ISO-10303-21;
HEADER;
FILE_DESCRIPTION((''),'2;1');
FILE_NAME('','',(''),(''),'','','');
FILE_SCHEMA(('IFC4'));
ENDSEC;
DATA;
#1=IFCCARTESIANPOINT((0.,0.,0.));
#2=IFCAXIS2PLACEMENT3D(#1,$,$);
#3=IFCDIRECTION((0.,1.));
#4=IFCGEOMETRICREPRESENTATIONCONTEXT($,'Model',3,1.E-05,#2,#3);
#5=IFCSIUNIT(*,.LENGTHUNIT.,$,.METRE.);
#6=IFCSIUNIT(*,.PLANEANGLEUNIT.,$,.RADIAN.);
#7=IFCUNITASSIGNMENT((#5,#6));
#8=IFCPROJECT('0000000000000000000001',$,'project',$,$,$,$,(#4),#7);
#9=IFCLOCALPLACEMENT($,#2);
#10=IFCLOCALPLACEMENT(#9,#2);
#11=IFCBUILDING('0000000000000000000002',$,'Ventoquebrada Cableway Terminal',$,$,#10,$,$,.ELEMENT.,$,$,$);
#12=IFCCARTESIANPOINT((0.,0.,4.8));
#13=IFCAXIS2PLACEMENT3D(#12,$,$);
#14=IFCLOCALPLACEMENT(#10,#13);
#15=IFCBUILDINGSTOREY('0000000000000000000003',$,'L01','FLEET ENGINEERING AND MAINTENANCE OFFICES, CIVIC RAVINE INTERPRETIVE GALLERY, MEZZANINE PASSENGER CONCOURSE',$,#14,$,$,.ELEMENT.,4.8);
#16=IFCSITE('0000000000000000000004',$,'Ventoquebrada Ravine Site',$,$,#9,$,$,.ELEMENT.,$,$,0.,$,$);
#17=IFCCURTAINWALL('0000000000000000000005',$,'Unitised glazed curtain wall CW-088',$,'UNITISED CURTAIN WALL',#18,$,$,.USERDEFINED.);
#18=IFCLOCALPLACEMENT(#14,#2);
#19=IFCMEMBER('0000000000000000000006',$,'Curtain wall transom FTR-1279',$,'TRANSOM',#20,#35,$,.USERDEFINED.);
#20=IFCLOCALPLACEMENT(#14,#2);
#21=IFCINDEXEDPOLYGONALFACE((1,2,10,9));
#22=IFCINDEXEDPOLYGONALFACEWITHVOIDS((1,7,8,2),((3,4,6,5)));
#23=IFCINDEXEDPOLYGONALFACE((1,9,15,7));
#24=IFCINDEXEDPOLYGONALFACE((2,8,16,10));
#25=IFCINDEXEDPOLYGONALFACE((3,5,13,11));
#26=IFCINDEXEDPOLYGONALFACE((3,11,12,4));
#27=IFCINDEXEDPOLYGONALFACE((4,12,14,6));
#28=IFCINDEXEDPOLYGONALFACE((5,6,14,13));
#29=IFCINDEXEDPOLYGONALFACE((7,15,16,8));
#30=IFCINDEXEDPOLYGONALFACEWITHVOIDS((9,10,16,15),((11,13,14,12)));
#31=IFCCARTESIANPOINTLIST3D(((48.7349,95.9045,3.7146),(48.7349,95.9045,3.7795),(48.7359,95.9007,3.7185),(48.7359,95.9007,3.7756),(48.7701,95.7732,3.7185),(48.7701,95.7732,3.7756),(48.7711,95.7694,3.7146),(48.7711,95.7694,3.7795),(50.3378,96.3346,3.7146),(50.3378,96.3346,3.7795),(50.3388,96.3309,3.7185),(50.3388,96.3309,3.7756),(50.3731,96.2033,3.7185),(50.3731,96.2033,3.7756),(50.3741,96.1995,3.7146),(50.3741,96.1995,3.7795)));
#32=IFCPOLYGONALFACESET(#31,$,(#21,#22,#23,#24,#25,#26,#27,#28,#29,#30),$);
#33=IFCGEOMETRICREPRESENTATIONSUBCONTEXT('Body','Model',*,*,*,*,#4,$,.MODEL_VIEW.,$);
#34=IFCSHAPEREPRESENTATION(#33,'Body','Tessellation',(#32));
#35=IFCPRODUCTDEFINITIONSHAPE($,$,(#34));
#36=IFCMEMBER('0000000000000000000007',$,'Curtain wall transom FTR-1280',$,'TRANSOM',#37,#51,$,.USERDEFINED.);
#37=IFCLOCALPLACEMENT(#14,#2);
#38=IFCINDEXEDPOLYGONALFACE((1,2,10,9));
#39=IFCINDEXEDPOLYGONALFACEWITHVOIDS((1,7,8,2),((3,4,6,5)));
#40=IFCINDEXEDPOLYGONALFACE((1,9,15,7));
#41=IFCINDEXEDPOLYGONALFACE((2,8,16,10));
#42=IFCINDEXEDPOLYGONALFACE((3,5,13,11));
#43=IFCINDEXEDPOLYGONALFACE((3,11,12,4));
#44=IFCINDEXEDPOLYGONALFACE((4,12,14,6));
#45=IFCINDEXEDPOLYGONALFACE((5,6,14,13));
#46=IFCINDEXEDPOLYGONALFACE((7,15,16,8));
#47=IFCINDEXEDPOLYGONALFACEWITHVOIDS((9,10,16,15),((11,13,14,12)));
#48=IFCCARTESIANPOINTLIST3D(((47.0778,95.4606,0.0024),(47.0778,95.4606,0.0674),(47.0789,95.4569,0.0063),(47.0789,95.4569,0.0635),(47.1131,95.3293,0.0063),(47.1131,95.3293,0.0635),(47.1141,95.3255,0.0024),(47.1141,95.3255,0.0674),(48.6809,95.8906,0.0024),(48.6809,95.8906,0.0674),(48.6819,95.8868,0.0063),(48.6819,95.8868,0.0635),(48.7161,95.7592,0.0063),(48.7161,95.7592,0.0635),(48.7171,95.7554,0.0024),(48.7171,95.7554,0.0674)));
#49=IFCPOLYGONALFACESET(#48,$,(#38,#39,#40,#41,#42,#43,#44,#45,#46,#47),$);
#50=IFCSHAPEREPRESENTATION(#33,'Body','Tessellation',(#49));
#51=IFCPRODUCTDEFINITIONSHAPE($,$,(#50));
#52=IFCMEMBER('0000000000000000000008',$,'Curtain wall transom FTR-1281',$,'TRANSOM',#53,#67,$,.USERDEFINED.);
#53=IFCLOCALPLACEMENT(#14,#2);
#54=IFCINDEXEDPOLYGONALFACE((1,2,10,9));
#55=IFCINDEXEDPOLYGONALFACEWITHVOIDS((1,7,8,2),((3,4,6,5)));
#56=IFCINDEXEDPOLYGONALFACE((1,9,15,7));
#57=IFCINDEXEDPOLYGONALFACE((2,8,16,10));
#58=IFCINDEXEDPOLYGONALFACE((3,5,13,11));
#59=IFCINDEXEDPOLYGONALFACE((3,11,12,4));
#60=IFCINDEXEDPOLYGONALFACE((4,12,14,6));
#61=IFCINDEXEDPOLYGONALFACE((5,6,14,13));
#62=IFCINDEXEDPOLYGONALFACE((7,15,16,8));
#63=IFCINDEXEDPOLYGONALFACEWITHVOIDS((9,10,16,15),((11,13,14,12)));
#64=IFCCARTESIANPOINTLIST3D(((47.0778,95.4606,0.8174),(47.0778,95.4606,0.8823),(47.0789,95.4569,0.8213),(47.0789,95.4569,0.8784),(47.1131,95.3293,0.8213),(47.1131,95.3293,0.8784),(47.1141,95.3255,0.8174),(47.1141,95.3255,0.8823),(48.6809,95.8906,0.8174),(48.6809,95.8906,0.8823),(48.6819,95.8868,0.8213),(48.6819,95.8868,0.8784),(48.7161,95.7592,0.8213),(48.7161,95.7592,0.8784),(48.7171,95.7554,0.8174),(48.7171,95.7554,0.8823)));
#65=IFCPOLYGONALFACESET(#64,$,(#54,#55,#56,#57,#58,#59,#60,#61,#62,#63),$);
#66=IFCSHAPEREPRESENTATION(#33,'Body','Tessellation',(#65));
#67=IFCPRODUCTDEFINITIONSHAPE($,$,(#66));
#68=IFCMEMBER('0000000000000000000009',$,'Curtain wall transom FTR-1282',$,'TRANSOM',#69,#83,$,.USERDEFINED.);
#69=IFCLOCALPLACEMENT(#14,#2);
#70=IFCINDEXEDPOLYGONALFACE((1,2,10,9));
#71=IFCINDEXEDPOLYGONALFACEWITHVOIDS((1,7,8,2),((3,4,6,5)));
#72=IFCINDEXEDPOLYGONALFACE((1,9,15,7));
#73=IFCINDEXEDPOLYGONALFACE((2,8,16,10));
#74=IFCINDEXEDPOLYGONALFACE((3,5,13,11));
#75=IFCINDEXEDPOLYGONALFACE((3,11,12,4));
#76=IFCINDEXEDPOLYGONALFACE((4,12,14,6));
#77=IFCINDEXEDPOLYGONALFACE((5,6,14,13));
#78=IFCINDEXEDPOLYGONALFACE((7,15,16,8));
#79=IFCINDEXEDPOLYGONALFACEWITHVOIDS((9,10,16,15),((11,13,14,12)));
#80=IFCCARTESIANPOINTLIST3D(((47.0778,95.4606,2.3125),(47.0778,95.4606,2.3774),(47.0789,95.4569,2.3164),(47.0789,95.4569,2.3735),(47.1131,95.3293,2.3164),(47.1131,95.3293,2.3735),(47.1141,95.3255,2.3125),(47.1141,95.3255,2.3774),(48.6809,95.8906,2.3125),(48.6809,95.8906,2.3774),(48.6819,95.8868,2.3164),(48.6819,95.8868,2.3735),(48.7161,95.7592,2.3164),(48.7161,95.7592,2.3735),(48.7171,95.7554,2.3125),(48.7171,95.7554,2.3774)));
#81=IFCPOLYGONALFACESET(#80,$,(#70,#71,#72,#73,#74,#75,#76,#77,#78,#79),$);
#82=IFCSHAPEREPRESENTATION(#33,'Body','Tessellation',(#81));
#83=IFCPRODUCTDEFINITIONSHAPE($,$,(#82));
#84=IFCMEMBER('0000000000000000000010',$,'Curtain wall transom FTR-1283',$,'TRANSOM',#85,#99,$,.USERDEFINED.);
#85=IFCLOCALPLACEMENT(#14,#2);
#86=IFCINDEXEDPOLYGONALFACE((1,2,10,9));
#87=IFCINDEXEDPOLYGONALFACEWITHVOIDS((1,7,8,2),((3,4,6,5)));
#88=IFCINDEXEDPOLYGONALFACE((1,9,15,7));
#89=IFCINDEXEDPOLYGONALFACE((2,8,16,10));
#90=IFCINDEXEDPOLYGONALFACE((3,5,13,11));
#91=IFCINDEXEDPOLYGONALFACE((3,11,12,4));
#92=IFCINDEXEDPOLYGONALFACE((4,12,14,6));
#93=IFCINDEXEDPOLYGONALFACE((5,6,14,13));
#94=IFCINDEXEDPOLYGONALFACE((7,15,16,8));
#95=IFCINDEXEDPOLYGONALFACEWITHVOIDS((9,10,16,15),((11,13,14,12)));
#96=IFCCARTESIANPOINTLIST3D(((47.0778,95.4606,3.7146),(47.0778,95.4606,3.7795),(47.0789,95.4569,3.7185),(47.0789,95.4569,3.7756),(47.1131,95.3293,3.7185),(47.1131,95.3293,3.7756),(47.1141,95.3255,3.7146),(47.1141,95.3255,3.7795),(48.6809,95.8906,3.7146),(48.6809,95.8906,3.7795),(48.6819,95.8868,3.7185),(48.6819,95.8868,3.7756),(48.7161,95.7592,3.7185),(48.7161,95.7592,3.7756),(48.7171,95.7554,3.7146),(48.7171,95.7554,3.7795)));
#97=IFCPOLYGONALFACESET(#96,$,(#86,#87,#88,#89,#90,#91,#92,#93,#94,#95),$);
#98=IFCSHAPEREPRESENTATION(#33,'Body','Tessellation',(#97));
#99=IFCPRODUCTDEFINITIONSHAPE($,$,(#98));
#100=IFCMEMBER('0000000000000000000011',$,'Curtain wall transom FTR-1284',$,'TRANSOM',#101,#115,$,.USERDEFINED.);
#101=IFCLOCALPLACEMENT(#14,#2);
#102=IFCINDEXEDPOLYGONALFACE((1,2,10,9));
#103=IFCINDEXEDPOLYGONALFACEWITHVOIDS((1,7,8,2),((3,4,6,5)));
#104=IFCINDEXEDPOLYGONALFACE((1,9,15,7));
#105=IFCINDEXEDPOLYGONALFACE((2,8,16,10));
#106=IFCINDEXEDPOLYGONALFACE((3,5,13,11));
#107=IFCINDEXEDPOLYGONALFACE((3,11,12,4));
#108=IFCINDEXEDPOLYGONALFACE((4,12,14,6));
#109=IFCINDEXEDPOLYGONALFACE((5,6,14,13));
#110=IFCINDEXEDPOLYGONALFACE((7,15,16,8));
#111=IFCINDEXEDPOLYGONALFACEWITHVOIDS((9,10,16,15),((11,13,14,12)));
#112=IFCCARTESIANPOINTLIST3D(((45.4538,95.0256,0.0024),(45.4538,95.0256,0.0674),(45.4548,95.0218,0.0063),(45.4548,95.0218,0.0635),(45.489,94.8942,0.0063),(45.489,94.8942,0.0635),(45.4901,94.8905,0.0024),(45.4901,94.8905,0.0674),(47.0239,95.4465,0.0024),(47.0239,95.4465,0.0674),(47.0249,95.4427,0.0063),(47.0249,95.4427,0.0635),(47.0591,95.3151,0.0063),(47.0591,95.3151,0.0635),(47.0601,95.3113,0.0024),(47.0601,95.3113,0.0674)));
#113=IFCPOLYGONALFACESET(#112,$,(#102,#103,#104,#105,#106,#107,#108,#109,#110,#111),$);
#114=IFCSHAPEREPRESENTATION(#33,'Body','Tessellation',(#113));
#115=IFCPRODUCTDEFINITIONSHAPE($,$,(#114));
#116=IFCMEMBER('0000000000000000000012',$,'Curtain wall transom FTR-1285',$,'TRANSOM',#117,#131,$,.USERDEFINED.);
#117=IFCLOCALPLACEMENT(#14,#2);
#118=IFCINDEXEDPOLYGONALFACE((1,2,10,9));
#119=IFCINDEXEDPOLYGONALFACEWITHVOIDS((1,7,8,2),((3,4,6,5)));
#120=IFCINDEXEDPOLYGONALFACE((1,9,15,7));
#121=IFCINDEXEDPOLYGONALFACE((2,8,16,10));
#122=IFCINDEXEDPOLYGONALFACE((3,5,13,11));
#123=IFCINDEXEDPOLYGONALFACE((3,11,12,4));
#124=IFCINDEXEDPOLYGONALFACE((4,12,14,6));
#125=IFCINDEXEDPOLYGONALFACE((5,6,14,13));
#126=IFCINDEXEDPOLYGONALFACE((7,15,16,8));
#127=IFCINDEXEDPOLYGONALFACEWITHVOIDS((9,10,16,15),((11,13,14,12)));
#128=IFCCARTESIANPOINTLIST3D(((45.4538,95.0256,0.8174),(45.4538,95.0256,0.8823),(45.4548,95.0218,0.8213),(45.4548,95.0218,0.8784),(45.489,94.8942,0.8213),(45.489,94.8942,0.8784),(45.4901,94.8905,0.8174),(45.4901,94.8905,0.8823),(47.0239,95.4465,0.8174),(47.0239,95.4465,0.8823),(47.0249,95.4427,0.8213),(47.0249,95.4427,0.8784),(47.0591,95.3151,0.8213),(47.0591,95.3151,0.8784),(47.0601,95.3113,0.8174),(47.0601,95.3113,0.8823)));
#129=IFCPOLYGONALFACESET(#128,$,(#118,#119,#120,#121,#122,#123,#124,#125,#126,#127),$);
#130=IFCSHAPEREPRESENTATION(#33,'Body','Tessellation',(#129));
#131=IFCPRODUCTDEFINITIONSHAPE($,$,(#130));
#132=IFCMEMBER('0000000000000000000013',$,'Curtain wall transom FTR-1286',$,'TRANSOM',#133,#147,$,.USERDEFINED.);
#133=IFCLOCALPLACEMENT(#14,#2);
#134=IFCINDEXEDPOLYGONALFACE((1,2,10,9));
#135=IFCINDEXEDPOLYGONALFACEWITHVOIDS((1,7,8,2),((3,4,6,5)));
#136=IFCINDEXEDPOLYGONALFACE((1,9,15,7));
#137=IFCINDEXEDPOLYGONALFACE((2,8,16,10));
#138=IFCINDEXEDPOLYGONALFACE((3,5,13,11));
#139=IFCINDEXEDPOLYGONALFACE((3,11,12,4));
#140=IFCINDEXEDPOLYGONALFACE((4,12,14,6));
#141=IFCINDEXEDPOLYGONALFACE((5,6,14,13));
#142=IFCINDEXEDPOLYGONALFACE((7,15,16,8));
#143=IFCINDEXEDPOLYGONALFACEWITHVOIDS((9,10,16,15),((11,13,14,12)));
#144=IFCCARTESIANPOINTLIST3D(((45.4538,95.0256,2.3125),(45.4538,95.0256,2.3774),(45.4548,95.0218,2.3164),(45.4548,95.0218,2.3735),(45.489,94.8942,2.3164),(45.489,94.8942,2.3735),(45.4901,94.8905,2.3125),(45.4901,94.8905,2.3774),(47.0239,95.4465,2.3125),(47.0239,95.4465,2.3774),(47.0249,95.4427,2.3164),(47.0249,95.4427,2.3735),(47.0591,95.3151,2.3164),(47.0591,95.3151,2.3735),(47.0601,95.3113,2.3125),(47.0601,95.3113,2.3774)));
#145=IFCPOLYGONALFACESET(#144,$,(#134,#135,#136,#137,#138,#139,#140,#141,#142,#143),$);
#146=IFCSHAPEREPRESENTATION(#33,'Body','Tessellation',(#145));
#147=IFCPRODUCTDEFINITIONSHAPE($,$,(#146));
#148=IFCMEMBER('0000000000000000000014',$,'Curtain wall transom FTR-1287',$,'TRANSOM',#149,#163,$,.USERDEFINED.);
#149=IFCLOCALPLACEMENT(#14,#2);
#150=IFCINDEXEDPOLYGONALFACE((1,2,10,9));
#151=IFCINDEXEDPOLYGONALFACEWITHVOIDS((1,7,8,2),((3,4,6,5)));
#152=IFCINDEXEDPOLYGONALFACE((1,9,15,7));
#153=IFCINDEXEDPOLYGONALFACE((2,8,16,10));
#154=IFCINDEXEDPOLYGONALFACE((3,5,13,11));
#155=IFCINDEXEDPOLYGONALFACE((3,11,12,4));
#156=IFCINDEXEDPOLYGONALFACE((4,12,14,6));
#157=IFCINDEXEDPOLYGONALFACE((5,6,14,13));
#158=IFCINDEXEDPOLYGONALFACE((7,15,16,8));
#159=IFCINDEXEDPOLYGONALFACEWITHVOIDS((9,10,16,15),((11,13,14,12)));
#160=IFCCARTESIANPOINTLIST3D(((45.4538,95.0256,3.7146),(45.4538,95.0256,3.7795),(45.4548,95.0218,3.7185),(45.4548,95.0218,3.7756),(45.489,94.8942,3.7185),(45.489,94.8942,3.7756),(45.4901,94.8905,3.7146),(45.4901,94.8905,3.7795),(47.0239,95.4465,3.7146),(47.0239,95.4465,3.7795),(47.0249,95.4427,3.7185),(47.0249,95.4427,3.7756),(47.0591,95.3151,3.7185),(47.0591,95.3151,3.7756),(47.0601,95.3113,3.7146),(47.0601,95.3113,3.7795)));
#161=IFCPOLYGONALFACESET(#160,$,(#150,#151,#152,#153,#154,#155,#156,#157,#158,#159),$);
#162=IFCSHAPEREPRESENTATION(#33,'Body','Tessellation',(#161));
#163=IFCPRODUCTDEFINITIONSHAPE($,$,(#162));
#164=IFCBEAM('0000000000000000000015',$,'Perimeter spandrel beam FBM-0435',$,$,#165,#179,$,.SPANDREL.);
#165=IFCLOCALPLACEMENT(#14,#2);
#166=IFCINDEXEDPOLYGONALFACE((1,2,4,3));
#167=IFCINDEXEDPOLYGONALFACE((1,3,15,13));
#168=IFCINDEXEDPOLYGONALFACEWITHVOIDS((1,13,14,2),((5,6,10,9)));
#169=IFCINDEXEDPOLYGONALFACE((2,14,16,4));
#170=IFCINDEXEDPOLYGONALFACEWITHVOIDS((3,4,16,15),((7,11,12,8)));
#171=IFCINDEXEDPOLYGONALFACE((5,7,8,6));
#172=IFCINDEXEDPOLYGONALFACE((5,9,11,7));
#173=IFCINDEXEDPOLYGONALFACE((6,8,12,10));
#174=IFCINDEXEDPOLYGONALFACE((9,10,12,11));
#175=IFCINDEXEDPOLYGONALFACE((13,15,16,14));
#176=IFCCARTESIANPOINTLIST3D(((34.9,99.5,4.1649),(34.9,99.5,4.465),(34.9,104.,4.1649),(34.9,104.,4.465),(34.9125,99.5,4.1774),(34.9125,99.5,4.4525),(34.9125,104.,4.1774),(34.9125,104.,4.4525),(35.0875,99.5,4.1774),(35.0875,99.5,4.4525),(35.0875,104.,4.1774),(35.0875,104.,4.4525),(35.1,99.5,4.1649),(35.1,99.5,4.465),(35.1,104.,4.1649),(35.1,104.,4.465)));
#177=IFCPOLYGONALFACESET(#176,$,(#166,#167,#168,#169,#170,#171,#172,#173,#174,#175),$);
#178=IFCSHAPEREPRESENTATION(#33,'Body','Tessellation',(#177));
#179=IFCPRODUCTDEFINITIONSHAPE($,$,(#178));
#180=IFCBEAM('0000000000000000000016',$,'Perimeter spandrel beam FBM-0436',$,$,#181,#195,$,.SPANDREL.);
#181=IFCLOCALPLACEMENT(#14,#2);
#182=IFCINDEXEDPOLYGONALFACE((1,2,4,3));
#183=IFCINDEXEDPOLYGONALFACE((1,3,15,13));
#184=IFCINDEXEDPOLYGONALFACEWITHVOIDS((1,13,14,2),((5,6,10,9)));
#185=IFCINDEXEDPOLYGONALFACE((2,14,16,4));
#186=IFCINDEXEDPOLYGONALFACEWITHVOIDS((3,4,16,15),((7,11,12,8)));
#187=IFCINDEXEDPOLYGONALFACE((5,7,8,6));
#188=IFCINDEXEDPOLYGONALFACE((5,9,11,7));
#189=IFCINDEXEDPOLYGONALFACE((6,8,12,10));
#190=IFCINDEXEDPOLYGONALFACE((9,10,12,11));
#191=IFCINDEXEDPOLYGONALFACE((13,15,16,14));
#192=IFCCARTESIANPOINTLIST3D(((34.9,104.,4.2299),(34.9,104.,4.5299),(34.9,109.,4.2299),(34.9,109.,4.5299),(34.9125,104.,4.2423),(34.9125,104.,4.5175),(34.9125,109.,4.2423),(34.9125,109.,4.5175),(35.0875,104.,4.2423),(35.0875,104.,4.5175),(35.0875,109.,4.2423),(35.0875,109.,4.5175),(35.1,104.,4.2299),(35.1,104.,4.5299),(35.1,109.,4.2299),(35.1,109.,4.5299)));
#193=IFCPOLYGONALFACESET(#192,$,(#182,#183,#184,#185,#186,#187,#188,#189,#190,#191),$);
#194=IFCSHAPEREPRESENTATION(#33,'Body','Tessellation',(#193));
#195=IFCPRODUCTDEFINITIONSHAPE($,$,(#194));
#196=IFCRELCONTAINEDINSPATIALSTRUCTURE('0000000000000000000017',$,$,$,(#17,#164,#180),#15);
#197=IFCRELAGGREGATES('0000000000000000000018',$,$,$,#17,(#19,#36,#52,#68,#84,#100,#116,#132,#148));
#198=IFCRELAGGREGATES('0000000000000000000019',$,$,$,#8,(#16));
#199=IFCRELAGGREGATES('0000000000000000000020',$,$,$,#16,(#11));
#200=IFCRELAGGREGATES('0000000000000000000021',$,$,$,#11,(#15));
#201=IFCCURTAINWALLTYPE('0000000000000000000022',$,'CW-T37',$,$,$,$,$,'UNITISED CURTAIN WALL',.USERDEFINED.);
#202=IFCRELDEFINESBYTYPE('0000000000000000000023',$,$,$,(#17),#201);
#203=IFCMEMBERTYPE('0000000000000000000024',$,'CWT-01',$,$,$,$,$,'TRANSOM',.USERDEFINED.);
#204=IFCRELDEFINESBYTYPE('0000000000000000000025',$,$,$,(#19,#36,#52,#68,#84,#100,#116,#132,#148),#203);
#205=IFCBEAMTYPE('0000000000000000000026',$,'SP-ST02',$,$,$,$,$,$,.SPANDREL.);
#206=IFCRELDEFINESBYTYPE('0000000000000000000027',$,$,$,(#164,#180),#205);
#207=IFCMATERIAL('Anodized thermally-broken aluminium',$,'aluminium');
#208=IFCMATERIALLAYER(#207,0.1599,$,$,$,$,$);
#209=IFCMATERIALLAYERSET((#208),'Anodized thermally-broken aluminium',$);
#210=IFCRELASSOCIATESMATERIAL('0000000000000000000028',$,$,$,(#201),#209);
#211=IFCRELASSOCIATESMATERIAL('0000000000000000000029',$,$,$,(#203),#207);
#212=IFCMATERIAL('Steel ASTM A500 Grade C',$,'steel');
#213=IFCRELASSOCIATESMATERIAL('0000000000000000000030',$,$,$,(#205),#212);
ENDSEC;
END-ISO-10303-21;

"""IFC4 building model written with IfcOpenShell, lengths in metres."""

from ifc_helpers import new_model, si_unit, direction, frame, origin, origin_2d, place, context, subcontext, project, spatial, hollow_rectangle, extrude, material, layer, layer_set, material_profile, profile_set, type_object, element, aggregate, save


model = new_model("IFC4")

# Units and contexts
model_context = context("Model", 3, precision=1e-05, world=origin(), true_north=direction((0.0, 1.0)))
body_context = subcontext(model_context, "Body", "Model", "MODEL_VIEW")
ifc_project = project(units=[si_unit("LENGTHUNIT", "METRE"), si_unit("PLANEANGLEUNIT", "RADIAN")], contexts=[model_context])

# Site, building, storey
site_placement = place(None, origin())
site = spatial("IfcSite", under=ifc_project, at=site_placement, Name="Ventoquebrada Ravine Site", CompositionType="ELEMENT", RefElevation=0.0)
building_placement = place(site_placement, origin())
building = spatial("IfcBuilding", under=site, at=building_placement, Name="Ventoquebrada Cableway Terminal", CompositionType="ELEMENT")
storey_placement = place(building_placement, frame((0.0, 0.0, 4.8)))
storey = spatial("IfcBuildingStorey", under=building, at=storey_placement, Name="L01", Description="FLEET ENGINEERING AND MAINTENANCE OFFICES, CIVIC RAVINE INTERPRETIVE GALLERY, MEZZANINE PASSENGER CONCOURSE", CompositionType="ELEMENT", Elevation=4.8)

# Curtain wall, members
ifc_material_1 = material(Name="Anodized thermally-broken aluminium", Category="aluminium")
ifc_layer_1 = layer(ifc_material_1, 0.1599)
ifc_layer_set_1 = layer_set([ifc_layer_1], Name="Anodized thermally-broken aluminium")
curtain_wall_type = type_object("IfcCurtainWallType", Name="CW-T37", ElementType="UNITISED CURTAIN WALL", PredefinedType="USERDEFINED", material=ifc_layer_set_1)
curtain_wall_placement = place(storey_placement, origin())
curtain_wall = element("IfcCurtainWall", 1, at=curtain_wall_placement, inside=storey, type_object=curtain_wall_type, Name="Unitised glazed curtain wall CW-088", ObjectType="UNITISED CURTAIN WALL", PredefinedType="USERDEFINED")
ifc_material_profile_1 = material_profile(ifc_material_1, hollow_rectangle(XDim=0.0649, YDim=0.1399, WallThickness=0.0039, at=origin_2d()), Name="CW-TRN-65X140")
ifc_profile_set_1 = profile_set([ifc_material_profile_1], Name="Anodized thermally-broken aluminium")
member_type_1 = type_object("IfcMemberType", Name="CWT-01", ElementType="TRANSOM", PredefinedType="USERDEFINED", material=ifc_profile_set_1)
member_1_placement = place(storey_placement, frame((50.356, 96.2671, 3.7471), z_axis=(-0.965828, -0.259182, 0.0), x_axis=(0.0, 0.0, 1.0)))
member_1 = element("IfcMember", 2, at=member_1_placement, type_object=member_type_1, Name="Curtain wall transom FTR-1279", ObjectType="TRANSOM", PredefinedType="USERDEFINED", context=body_context, shape_type="SweptSolid", body=[
    extrude(hollow_rectangle(XDim=0.0649, YDim=0.1399, WallThickness=0.0039, at=origin_2d()), origin(), (0.0, 0.0, 1.0), 1.6597),
])
member_2_placement = place(storey_placement, frame((48.699, 95.823, 0.0349), z_axis=(-0.965865, -0.259045, 0.0), x_axis=(0.0, 0.0, 1.0)))
member_2 = element("IfcMember", 3, at=member_2_placement, type_object=member_type_1, Name="Curtain wall transom FTR-1280", ObjectType="TRANSOM", PredefinedType="USERDEFINED", context=body_context, shape_type="SweptSolid", body=[
    extrude(hollow_rectangle(XDim=0.0649, YDim=0.1399, WallThickness=0.0039, at=origin_2d()), origin(), (0.0, 0.0, 1.0), 1.6597),
])
member_3_placement = place(storey_placement, frame((48.699, 95.823, 0.8499), z_axis=(-0.965865, -0.259045, 0.0), x_axis=(0.0, 0.0, 1.0)))
member_3 = element("IfcMember", 4, at=member_3_placement, type_object=member_type_1, Name="Curtain wall transom FTR-1281", ObjectType="TRANSOM", PredefinedType="USERDEFINED", context=body_context, shape_type="SweptSolid", body=[
    extrude(hollow_rectangle(XDim=0.0649, YDim=0.1399, WallThickness=0.0039, at=origin_2d()), origin(), (0.0, 0.0, 1.0), 1.6597),
])
member_4_placement = place(storey_placement, frame((48.699, 95.823, 2.345), z_axis=(-0.965865, -0.259045, 0.0), x_axis=(0.0, 0.0, 1.0)))
member_4 = element("IfcMember", 5, at=member_4_placement, type_object=member_type_1, Name="Curtain wall transom FTR-1282", ObjectType="TRANSOM", PredefinedType="USERDEFINED", context=body_context, shape_type="SweptSolid", body=[
    extrude(hollow_rectangle(XDim=0.0649, YDim=0.1399, WallThickness=0.0039, at=origin_2d()), origin(), (0.0, 0.0, 1.0), 1.6597),
])
member_5_placement = place(storey_placement, frame((48.699, 95.823, 3.7471), z_axis=(-0.965865, -0.259045, 0.0), x_axis=(0.0, 0.0, 1.0)))
member_5 = element("IfcMember", 6, at=member_5_placement, type_object=member_type_1, Name="Curtain wall transom FTR-1283", ObjectType="TRANSOM", PredefinedType="USERDEFINED", context=body_context, shape_type="SweptSolid", body=[
    extrude(hollow_rectangle(XDim=0.0649, YDim=0.1399, WallThickness=0.0039, at=origin_2d()), origin(), (0.0, 0.0, 1.0), 1.6597),
])
member_6_placement = place(storey_placement, frame((47.042, 95.3789, 0.0349), z_axis=(-0.965895, -0.258934, 0.0), x_axis=(0.0, 0.0, 1.0)))
member_6 = element("IfcMember", 7, at=member_6_placement, type_object=member_type_1, Name="Curtain wall transom FTR-1284", ObjectType="TRANSOM", PredefinedType="USERDEFINED", context=body_context, shape_type="SweptSolid", body=[
    extrude(hollow_rectangle(XDim=0.0649, YDim=0.1399, WallThickness=0.0039, at=origin_2d()), origin(), (0.0, 0.0, 1.0), 1.6255),
])
member_7_placement = place(storey_placement, frame((47.042, 95.3789, 0.8499), z_axis=(-0.965895, -0.258934, 0.0), x_axis=(0.0, 0.0, 1.0)))
member_7 = element("IfcMember", 8, at=member_7_placement, type_object=member_type_1, Name="Curtain wall transom FTR-1285", ObjectType="TRANSOM", PredefinedType="USERDEFINED", context=body_context, shape_type="SweptSolid", body=[
    extrude(hollow_rectangle(XDim=0.0649, YDim=0.1399, WallThickness=0.0039, at=origin_2d()), origin(), (0.0, 0.0, 1.0), 1.6255),
])
member_8_placement = place(storey_placement, frame((47.042, 95.3789, 2.345), z_axis=(-0.965895, -0.258934, 0.0), x_axis=(0.0, 0.0, 1.0)))
member_8 = element("IfcMember", 9, at=member_8_placement, type_object=member_type_1, Name="Curtain wall transom FTR-1286", ObjectType="TRANSOM", PredefinedType="USERDEFINED", context=body_context, shape_type="SweptSolid", body=[
    extrude(hollow_rectangle(XDim=0.0649, YDim=0.1399, WallThickness=0.0039, at=origin_2d()), origin(), (0.0, 0.0, 1.0), 1.6255),
])
member_9_placement = place(storey_placement, frame((47.042, 95.3789, 3.7471), z_axis=(-0.965895, -0.258934, 0.0), x_axis=(0.0, 0.0, 1.0)))
member_9 = element("IfcMember", 10, at=member_9_placement, type_object=member_type_1, Name="Curtain wall transom FTR-1287", ObjectType="TRANSOM", PredefinedType="USERDEFINED", context=body_context, shape_type="SweptSolid", body=[
    extrude(hollow_rectangle(XDim=0.0649, YDim=0.1399, WallThickness=0.0039, at=origin_2d()), origin(), (0.0, 0.0, 1.0), 1.6255),
])

# Beams
ifc_material_2 = material(Name="Steel ASTM A500 Grade C", Category="steel")
ifc_material_profile_2 = material_profile(ifc_material_2, hollow_rectangle(XDim=0.2, YDim=0.3, WallThickness=0.0125, at=origin_2d()), Name="RHS300X200X12.5")
ifc_profile_set_2 = profile_set([ifc_material_profile_2], Name="Steel ASTM A500 Grade C")
beam_type = type_object("IfcBeamType", Name="SP-ST02", PredefinedType="SPANDREL", material=ifc_profile_set_2)
beam_placement = place(storey_placement, frame((35.0, 99.5, 4.3149), z_axis=(0.0, 1.0, 0.0), x_axis=(-1.0, 0.0, 0.0)))
element("IfcBeam", 11, at=beam_placement, inside=storey, type_object=beam_type, Name="Perimeter spandrel beam FBM-0435", PredefinedType="SPANDREL", context=body_context, shape_type="SweptSolid", body=[
    extrude(hollow_rectangle(XDim=0.2, YDim=0.3, WallThickness=0.0125, at=origin_2d()), origin(), (0.0, 0.0, 1.0), 4.5),
])
for number, where, z_axis, x_axis, name in (
    (12, (35.0, 104.0, 4.3799), (0.0, 1.0, 0.0), (-1.0, 0.0, 0.0), "Perimeter spandrel beam FBM-0436"),
):
    element("IfcBeam", number, at=place(storey_placement, frame(where, z_axis=z_axis, x_axis=x_axis)), inside=storey, type_object=beam_type, Name=name, PredefinedType="SPANDREL", context=body_context, shape_type="SweptSolid", body=[
        extrude(hollow_rectangle(XDim=0.2, YDim=0.3, WallThickness=0.0125, at=origin_2d()), origin(), (0.0, 0.0, 1.0), 5.0),
    ])

aggregate(curtain_wall, [member_1, member_2, member_3, member_4, member_5, member_6, member_7, member_8, member_9])

save(model, "model.ifc")
